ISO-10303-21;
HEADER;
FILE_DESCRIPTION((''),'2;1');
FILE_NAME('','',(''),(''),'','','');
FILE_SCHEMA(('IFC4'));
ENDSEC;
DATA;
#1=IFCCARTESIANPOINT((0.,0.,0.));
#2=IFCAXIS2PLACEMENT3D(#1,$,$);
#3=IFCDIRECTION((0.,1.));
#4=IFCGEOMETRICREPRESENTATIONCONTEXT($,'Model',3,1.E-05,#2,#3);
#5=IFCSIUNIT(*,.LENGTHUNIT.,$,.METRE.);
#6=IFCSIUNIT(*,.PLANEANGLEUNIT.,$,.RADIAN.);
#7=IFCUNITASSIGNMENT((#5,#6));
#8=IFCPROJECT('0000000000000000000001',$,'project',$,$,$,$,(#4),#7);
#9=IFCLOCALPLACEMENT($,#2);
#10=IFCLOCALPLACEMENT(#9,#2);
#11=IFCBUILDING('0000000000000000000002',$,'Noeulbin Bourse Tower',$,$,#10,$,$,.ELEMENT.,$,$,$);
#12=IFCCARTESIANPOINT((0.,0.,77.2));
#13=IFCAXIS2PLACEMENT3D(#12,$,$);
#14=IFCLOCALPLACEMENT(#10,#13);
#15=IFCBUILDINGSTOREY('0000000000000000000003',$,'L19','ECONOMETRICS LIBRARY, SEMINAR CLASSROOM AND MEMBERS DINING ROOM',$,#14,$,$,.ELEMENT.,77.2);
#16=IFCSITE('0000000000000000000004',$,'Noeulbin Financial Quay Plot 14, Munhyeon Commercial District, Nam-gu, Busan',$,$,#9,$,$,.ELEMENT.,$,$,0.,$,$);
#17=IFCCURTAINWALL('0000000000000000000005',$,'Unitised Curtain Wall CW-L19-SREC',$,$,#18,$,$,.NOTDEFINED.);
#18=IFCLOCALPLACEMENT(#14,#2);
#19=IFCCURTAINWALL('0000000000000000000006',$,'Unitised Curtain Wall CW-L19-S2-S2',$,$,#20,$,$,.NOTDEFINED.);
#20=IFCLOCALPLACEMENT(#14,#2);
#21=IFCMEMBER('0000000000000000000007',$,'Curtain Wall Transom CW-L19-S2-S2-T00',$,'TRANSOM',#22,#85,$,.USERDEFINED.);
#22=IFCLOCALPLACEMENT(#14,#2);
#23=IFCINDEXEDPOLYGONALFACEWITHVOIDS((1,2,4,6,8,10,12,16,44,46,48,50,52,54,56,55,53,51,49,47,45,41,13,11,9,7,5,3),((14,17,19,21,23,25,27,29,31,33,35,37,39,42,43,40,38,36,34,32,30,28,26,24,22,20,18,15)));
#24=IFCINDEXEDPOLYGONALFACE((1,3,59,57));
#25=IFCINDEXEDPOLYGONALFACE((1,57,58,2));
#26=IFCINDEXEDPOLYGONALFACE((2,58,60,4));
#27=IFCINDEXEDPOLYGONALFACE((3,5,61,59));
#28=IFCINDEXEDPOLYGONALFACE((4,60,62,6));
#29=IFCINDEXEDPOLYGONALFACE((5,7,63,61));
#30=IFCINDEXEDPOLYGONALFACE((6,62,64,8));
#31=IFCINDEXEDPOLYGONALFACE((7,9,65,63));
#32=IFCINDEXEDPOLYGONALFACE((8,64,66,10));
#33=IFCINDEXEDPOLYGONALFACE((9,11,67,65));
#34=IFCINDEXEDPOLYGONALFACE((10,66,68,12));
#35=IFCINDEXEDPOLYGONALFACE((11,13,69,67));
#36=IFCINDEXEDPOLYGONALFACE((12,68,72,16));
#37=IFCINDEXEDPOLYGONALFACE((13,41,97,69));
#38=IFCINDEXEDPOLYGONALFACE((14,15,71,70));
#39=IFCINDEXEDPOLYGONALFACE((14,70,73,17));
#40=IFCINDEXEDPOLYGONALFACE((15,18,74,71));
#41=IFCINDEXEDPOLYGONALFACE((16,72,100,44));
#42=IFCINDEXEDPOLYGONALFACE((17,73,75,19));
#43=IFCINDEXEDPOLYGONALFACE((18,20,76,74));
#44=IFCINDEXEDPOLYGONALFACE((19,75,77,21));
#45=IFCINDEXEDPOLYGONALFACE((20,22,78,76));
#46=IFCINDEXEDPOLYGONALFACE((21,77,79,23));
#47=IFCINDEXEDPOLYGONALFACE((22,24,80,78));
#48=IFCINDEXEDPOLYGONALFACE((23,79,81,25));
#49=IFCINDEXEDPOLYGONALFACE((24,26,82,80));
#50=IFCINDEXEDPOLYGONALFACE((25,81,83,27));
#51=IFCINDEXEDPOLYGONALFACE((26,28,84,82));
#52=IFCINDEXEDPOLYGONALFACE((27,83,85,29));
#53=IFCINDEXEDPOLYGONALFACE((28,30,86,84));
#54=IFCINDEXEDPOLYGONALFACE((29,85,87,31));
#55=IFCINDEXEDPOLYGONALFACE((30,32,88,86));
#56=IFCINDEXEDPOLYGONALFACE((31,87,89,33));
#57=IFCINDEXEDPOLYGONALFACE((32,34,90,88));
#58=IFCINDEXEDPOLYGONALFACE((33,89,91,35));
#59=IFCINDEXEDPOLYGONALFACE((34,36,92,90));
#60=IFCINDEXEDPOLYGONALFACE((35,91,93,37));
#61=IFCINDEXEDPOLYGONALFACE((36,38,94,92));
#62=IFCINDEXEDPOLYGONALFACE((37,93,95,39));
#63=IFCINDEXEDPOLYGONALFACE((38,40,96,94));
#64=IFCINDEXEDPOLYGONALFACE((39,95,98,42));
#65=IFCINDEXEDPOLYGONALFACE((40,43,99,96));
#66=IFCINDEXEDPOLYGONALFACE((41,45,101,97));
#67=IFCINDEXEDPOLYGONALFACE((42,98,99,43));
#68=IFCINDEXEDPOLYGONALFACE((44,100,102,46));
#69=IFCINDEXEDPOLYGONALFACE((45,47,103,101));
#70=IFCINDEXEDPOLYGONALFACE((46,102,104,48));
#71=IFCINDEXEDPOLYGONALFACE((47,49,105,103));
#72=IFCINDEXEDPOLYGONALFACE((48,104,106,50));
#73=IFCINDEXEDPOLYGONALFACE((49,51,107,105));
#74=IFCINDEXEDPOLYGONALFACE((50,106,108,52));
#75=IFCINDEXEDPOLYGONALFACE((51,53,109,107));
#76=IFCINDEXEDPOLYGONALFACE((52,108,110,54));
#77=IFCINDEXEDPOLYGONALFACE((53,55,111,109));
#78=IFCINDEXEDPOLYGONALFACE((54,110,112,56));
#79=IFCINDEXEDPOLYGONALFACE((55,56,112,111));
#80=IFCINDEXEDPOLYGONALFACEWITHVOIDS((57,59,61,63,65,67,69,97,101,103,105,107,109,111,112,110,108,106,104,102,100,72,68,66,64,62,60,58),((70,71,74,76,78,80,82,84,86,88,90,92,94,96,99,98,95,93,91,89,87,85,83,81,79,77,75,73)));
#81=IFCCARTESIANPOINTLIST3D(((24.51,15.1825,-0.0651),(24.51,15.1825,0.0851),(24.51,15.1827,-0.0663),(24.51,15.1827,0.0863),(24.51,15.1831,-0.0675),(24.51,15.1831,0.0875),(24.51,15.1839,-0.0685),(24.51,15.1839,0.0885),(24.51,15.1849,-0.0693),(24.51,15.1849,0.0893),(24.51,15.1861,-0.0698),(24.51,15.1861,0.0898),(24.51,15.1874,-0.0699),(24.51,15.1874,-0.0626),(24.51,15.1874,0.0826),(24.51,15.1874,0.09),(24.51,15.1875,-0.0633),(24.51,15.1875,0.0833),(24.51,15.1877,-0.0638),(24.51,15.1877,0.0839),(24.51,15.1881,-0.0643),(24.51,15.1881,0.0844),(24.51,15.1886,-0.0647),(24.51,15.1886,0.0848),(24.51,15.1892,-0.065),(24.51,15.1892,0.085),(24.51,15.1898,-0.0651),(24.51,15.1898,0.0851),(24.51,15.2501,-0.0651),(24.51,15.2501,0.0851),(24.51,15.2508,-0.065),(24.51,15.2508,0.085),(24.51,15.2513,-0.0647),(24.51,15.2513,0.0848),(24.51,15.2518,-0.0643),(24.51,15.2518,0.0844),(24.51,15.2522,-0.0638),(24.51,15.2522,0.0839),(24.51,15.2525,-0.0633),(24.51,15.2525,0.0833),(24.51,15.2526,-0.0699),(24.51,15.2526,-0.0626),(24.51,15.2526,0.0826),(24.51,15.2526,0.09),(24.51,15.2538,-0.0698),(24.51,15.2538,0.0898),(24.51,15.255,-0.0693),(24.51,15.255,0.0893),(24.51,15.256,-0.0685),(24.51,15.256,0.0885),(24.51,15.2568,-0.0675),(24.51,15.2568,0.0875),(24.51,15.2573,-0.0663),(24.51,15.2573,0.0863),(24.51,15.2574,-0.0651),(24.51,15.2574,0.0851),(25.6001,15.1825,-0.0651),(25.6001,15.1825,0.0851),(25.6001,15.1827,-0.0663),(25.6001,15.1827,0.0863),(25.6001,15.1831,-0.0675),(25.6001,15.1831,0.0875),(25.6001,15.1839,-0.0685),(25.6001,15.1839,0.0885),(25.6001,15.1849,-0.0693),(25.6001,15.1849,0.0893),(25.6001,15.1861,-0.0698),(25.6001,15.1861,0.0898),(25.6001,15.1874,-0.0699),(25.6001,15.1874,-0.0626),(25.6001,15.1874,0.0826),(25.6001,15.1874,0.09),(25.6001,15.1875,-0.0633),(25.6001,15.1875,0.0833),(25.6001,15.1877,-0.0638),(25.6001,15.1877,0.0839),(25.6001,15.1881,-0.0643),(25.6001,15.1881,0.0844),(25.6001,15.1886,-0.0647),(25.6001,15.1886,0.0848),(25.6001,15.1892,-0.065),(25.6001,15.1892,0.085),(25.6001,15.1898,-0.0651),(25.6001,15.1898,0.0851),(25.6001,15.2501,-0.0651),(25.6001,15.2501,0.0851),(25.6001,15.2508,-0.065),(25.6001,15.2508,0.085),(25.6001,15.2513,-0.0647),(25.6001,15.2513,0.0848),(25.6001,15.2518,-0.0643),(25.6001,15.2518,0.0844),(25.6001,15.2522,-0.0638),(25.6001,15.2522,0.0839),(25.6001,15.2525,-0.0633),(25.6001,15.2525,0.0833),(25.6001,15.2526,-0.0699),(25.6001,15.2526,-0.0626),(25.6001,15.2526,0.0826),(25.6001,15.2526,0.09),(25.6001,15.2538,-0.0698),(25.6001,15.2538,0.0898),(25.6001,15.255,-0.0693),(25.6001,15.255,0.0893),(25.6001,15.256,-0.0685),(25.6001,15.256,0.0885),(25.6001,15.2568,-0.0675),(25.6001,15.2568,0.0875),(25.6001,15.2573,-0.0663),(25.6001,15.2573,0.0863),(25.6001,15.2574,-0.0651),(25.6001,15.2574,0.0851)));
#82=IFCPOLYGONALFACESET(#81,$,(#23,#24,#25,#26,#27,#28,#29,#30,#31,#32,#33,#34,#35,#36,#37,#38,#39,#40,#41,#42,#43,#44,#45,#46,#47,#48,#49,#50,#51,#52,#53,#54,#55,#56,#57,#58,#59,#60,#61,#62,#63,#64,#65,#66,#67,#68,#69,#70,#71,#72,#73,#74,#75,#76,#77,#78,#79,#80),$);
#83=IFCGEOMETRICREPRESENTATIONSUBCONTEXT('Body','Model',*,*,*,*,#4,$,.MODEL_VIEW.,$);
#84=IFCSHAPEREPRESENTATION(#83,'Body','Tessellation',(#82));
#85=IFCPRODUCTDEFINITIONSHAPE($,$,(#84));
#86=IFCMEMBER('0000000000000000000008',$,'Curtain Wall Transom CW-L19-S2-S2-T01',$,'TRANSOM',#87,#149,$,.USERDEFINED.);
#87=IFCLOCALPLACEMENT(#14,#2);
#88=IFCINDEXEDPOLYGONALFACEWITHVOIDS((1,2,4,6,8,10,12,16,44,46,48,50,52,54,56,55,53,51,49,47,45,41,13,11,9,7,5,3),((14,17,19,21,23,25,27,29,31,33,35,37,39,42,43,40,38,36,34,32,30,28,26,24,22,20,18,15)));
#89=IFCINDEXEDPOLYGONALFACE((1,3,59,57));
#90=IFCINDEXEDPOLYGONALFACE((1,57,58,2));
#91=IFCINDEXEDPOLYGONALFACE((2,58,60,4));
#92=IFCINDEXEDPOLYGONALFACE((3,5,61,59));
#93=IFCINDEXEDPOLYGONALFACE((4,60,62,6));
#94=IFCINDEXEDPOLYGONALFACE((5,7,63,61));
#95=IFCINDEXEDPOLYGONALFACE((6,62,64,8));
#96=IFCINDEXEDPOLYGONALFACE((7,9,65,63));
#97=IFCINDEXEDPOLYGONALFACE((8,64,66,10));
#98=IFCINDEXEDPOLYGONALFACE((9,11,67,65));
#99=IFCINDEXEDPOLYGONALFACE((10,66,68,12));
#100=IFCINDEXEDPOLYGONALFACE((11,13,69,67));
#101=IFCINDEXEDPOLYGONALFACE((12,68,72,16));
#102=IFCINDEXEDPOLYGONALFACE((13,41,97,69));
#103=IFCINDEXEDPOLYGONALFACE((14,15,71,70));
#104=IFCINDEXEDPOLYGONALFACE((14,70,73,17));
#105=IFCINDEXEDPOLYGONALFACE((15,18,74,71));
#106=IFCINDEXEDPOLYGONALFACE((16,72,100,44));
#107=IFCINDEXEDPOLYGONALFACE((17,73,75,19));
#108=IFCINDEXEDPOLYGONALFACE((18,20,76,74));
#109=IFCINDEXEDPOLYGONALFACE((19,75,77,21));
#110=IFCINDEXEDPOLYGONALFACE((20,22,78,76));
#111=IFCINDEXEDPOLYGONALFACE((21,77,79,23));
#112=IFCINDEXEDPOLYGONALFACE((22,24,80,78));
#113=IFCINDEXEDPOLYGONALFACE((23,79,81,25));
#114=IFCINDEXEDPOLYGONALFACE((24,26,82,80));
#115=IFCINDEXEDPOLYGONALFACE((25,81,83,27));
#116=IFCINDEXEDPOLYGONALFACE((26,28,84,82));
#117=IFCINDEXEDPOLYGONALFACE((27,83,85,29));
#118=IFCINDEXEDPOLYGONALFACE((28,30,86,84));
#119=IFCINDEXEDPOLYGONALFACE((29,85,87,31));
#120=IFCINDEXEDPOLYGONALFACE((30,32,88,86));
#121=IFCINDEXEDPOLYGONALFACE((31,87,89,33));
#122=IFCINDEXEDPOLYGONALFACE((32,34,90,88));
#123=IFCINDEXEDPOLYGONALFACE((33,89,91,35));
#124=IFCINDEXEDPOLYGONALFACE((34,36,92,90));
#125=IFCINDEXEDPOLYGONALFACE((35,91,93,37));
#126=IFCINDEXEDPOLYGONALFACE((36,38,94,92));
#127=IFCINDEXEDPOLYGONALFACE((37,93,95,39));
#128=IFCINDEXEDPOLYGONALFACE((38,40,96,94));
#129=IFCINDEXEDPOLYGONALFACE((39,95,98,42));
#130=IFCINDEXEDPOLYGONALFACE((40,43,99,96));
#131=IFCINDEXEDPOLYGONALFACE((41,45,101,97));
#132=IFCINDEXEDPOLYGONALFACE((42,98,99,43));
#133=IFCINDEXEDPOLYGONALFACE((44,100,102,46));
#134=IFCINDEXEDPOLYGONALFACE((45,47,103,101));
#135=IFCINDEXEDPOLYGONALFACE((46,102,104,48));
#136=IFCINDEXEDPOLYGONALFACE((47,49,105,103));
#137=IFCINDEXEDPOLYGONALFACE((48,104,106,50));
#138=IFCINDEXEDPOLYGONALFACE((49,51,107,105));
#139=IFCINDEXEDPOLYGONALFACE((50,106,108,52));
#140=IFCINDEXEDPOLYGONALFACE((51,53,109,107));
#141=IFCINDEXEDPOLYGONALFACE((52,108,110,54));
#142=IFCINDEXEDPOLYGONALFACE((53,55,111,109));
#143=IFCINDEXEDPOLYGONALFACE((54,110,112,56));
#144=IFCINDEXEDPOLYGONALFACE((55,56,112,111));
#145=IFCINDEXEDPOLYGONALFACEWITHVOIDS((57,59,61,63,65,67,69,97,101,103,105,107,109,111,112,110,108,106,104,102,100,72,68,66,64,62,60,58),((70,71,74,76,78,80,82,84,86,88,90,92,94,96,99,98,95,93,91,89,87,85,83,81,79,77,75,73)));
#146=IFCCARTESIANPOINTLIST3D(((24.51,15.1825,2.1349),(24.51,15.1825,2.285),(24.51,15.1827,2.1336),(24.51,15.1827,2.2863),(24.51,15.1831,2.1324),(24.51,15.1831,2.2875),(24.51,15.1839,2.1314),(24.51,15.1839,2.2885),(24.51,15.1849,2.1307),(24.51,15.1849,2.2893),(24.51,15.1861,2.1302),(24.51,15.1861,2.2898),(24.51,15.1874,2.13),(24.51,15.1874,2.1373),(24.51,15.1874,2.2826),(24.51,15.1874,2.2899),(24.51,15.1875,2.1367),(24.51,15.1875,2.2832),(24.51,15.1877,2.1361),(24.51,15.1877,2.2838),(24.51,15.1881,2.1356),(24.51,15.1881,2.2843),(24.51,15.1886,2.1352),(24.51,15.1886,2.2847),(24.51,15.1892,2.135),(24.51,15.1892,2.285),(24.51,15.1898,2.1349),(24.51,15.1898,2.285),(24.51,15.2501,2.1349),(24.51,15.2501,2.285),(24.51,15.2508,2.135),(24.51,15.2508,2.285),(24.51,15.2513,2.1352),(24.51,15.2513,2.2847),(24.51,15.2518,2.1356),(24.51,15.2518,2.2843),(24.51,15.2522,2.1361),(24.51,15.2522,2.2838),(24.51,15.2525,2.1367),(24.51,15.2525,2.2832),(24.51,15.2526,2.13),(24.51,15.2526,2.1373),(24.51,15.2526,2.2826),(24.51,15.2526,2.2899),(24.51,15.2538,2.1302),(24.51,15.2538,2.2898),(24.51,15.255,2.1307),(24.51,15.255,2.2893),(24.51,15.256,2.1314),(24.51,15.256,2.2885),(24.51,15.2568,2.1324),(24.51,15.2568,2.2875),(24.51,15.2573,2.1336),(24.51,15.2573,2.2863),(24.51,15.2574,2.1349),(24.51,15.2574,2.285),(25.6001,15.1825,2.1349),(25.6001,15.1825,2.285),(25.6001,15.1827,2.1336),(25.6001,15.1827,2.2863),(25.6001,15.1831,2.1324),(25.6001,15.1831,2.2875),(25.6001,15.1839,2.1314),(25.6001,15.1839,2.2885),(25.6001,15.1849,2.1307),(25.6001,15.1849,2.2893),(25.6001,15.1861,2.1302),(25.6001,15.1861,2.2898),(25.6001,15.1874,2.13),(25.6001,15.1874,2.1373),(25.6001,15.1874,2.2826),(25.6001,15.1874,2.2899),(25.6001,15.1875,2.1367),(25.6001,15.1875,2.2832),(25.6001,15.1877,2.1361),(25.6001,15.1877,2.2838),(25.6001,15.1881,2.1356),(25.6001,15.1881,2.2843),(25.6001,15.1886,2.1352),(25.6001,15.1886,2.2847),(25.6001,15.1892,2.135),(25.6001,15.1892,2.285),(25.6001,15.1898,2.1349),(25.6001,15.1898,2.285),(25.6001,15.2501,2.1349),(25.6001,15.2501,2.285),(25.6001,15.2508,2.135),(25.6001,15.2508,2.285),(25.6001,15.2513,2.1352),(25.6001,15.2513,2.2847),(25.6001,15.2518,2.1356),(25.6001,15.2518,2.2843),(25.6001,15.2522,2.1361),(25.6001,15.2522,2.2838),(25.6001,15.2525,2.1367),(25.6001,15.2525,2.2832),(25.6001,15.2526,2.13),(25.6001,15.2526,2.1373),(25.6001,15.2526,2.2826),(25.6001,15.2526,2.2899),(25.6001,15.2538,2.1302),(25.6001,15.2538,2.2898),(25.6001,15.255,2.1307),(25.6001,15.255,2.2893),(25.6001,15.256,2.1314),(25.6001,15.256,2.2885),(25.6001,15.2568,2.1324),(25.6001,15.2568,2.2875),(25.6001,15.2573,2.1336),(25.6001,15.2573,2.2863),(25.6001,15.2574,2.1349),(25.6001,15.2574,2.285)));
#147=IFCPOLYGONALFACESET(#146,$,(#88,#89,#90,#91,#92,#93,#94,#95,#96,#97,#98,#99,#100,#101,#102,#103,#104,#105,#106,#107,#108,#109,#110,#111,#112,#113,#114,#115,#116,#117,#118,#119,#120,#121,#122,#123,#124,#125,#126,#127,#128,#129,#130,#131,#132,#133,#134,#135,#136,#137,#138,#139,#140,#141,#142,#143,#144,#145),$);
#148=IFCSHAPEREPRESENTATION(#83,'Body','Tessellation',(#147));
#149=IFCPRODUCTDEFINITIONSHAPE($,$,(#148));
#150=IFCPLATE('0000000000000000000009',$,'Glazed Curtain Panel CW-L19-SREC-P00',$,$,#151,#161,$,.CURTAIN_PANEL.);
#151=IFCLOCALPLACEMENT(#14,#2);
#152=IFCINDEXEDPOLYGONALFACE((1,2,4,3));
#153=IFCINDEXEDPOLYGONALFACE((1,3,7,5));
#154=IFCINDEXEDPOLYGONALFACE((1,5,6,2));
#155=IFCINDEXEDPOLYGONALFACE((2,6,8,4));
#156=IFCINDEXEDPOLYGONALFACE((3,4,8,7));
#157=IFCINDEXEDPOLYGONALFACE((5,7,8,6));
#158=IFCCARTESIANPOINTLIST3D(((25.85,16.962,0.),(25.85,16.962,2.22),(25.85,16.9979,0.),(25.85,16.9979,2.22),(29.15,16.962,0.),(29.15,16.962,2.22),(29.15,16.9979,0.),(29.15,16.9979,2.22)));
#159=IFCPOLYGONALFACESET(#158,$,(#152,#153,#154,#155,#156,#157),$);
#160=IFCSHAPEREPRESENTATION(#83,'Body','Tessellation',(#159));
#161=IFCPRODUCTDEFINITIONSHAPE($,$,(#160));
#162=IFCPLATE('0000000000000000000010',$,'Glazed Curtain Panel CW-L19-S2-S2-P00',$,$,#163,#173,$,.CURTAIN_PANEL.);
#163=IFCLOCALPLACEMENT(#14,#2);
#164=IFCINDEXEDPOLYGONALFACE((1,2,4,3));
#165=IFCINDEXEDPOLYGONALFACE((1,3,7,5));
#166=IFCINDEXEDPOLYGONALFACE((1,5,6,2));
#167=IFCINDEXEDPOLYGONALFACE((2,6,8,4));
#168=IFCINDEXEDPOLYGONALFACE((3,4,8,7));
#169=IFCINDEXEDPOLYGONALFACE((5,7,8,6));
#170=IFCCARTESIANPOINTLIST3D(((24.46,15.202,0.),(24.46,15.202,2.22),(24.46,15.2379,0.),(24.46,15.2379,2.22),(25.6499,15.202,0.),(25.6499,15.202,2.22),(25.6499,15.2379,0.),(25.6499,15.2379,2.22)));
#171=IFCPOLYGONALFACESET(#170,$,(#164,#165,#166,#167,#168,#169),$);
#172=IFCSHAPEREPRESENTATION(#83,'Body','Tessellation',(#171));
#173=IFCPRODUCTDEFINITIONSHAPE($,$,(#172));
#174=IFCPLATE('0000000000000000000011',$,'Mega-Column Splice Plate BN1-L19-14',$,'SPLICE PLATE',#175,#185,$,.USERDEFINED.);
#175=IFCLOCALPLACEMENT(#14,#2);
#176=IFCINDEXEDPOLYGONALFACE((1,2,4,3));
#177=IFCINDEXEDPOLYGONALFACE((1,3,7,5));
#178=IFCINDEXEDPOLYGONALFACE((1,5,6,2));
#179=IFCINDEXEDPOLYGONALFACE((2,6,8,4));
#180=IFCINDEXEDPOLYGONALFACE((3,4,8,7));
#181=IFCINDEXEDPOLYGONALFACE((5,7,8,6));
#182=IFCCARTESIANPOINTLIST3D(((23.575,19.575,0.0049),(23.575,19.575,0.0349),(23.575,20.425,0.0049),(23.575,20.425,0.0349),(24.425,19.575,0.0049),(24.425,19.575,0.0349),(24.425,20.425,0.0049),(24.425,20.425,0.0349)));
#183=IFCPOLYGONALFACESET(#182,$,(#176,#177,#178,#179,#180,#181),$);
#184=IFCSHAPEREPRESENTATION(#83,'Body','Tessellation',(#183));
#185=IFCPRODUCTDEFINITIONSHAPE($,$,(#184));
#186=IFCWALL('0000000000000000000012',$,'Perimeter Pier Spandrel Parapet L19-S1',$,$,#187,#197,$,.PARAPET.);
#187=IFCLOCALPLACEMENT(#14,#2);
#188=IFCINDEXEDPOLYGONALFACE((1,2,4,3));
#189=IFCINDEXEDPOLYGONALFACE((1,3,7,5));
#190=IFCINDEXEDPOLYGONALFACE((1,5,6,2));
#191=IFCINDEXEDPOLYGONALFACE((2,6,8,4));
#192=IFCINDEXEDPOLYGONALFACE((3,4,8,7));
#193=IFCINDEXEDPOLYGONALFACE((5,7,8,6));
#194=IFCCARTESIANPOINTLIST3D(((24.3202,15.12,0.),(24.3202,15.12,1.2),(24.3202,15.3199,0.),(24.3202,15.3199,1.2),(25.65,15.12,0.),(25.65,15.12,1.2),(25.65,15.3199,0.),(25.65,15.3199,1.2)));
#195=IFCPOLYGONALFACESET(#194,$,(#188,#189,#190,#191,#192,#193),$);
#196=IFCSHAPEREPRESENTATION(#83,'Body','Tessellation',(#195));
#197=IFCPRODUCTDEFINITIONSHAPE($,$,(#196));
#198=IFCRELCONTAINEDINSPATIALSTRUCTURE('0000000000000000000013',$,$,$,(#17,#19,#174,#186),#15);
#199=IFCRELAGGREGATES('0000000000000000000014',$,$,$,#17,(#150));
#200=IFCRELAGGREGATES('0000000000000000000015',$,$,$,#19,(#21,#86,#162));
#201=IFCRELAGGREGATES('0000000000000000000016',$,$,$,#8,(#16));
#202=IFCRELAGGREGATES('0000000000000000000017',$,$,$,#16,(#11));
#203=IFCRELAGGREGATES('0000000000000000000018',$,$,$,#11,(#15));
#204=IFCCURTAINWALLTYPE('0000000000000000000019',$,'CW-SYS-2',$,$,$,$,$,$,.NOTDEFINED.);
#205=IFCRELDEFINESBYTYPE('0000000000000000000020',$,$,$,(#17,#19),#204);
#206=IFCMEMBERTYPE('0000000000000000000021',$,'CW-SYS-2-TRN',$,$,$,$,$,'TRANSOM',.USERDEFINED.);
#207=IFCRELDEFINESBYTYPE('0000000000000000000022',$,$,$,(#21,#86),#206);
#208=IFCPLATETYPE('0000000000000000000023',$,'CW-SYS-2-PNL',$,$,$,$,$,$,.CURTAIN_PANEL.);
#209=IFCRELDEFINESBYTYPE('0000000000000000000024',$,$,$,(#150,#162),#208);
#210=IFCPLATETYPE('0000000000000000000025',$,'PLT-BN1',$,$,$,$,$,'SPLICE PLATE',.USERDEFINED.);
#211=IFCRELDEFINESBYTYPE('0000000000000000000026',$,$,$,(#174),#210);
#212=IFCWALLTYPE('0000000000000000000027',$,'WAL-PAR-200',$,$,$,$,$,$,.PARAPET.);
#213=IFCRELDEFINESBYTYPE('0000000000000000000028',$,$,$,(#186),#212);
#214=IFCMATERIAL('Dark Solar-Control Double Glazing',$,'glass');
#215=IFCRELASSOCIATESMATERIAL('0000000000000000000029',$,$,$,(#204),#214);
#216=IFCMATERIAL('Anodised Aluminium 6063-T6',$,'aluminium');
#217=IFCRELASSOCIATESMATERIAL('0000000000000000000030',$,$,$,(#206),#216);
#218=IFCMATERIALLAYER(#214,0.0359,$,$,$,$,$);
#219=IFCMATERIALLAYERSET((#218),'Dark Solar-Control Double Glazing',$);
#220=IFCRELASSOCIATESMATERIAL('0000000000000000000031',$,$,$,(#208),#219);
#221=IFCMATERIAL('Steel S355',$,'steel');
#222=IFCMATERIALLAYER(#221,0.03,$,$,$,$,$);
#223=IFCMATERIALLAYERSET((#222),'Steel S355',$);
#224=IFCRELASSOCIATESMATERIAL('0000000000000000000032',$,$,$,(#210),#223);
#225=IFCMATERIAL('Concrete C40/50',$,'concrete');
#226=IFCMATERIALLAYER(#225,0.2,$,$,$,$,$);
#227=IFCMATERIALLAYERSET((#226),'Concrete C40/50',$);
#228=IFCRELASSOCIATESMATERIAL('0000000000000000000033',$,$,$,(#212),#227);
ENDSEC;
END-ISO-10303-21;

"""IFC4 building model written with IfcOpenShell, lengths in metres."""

from ifc_helpers import new_model, si_unit, direction, frame, frame_2d, origin, origin_2d, place, context, subcontext, project, spatial, rectangle, hollow_rectangle, extrude, material, layer, layer_set, material_profile, profile_set, type_object, element, aggregate, save


model = new_model("IFC4")

# Units and contexts
model_context = context("Model", 3, precision=1e-05, world=origin(), true_north=direction((0.0, 1.0)))
body_context = subcontext(model_context, "Body", "Model", "MODEL_VIEW")
ifc_project = project(units=[si_unit("LENGTHUNIT", "METRE"), si_unit("PLANEANGLEUNIT", "RADIAN")], contexts=[model_context])

# Site, building, storey
site_placement = place(None, origin())
site = spatial("IfcSite", under=ifc_project, at=site_placement, Name="Noeulbin Financial Quay Plot 14, Munhyeon Commercial District, Nam-gu, Busan", CompositionType="ELEMENT", RefElevation=0.0)
building_placement = place(site_placement, origin())
building = spatial("IfcBuilding", under=site, at=building_placement, Name="Noeulbin Bourse Tower", CompositionType="ELEMENT")
storey_placement = place(building_placement, frame((0.0, 0.0, 77.2)))
storey = spatial("IfcBuildingStorey", under=building, at=storey_placement, Name="L19", Description="ECONOMETRICS LIBRARY, SEMINAR CLASSROOM AND MEMBERS DINING ROOM", CompositionType="ELEMENT", Elevation=77.2)

# Shared definitions
ifc_material_1 = material(Name="Steel S355", Category="steel")

# Curtain wall
ifc_material_2 = material(Name="Dark Solar-Control Double Glazing", Category="glass")
curtain_wall_type = type_object("IfcCurtainWallType", Name="CW-SYS-2", PredefinedType="NOTDEFINED", material=ifc_material_2)
curtain_wall_1_placement = place(storey_placement, origin())
curtain_wall_1 = element("IfcCurtainWall", 1, at=curtain_wall_1_placement, inside=storey, type_object=curtain_wall_type, Name="Unitised Curtain Wall CW-L19-SREC", PredefinedType="NOTDEFINED")
ifc_material_3 = material(Name="Anodised Aluminium 6063-T6", Category="aluminium")

# Curtain wall
curtain_wall_2_placement = place(storey_placement, origin())
curtain_wall_2 = element("IfcCurtainWall", 2, at=curtain_wall_2_placement, inside=storey, type_object=curtain_wall_type, Name="Unitised Curtain Wall CW-L19-S2-S2", PredefinedType="NOTDEFINED")

# Members
ifc_material_profile_1 = material_profile(ifc_material_3, hollow_rectangle(XDim=0.075, YDim=0.1599, WallThickness=0.0049, InnerFilletRadius=0.0024, OuterFilletRadius=0.0049, at=origin_2d()), Name="ALU-TRAN-75x160x5", Category="LoadBearing")
ifc_profile_set_1 = profile_set([ifc_material_profile_1], Name="Anodised Aluminium 6063-T6")
member_type_1 = type_object("IfcMemberType", Name="CW-SYS-2-TRN", ElementType="TRANSOM", PredefinedType="USERDEFINED", material=ifc_profile_set_1)
member_1_placement = place(storey_placement, frame((24.51, 15.22, 0.01), z_axis=(1.0, 0.0, 0.0), x_axis=(0.0, 1.0, 0.0)))
member_1 = element("IfcMember", 3, at=member_1_placement, type_object=member_type_1, Name="Curtain Wall Transom CW-L19-S2-S2-T00", ObjectType="TRANSOM", PredefinedType="USERDEFINED", context=body_context, shape_type="SweptSolid", body=[
    extrude(hollow_rectangle(XDim=0.075, YDim=0.1599, WallThickness=0.0049, InnerFilletRadius=0.0024, OuterFilletRadius=0.0049, at=origin_2d()), origin(), (0.0, 0.0, 1.0), 1.0901),
])
member_2_placement = place(storey_placement, frame((24.51, 15.22, 2.21), z_axis=(1.0, 0.0, 0.0), x_axis=(0.0, 1.0, 0.0)))
member_2 = element("IfcMember", 4, at=member_2_placement, type_object=member_type_1, Name="Curtain Wall Transom CW-L19-S2-S2-T01", ObjectType="TRANSOM", PredefinedType="USERDEFINED", context=body_context, shape_type="SweptSolid", body=[
    extrude(hollow_rectangle(XDim=0.075, YDim=0.1599, WallThickness=0.0049, InnerFilletRadius=0.0024, OuterFilletRadius=0.0049, at=origin_2d()), origin(), (0.0, 0.0, 1.0), 1.0901),
])

# Plates
ifc_layer_1 = layer(ifc_material_2, 0.0359)
ifc_layer_set_1 = layer_set([ifc_layer_1], Name="Dark Solar-Control Double Glazing")
plate_type_1 = type_object("IfcPlateType", Name="CW-SYS-2-PNL", PredefinedType="CURTAIN_PANEL", material=ifc_layer_set_1)
plate_1_placement = place(storey_placement, frame((27.5, 16.98, 0.0), z_axis=(0.0, 0.0, 1.0), x_axis=(1.0, 0.0, 0.0)))
plate_1 = element("IfcPlate", 5, at=plate_1_placement, type_object=plate_type_1, Name="Glazed Curtain Panel CW-L19-SREC-P00", PredefinedType="CURTAIN_PANEL", context=body_context, shape_type="SweptSolid", body=[
    extrude(rectangle(XDim=3.3, YDim=0.0359, at=origin_2d()), origin(), (0.0, 0.0, 1.0), 2.22),
])
aggregate(curtain_wall_1, [plate_1])
plate_2_placement = place(storey_placement, frame((25.0549, 15.22, 0.0), z_axis=(0.0, 0.0, 1.0), x_axis=(1.0, 0.0, 0.0)))
plate_2 = element("IfcPlate", 6, at=plate_2_placement, type_object=plate_type_1, Name="Glazed Curtain Panel CW-L19-S2-S2-P00", PredefinedType="CURTAIN_PANEL", context=body_context, shape_type="SweptSolid", body=[
    extrude(rectangle(XDim=1.1899, YDim=0.0359, at=origin_2d()), origin(), (0.0, 0.0, 1.0), 2.22),
])
aggregate(curtain_wall_2, [member_1, member_2, plate_2])
ifc_layer_2 = layer(ifc_material_1, 0.03)
ifc_layer_set_2 = layer_set([ifc_layer_2], Name="Steel S355")
plate_type_2 = type_object("IfcPlateType", Name="PLT-BN1", ElementType="SPLICE PLATE", PredefinedType="USERDEFINED", material=ifc_layer_set_2)
plate_3_placement = place(storey_placement, frame((24.0, 20.0, 0.0049), z_axis=(0.0, 0.0, 1.0), x_axis=(1.0, 0.0, 0.0)))
element("IfcPlate", 7, at=plate_3_placement, inside=storey, type_object=plate_type_2, Name="Mega-Column Splice Plate BN1-L19-14", ObjectType="SPLICE PLATE", PredefinedType="USERDEFINED", context=body_context, shape_type="SweptSolid", body=[
    extrude(rectangle(XDim=0.8501, YDim=0.8501, at=origin_2d()), origin(), (0.0, 0.0, 1.0), 0.03),
])

# Wall
ifc_material_4 = material(Name="Concrete C40/50", Category="concrete")
ifc_layer_3 = layer(ifc_material_4, 0.2)
ifc_layer_set_3 = layer_set([ifc_layer_3], Name="Concrete C40/50")
wall_type_1 = type_object("IfcWallType", Name="WAL-PAR-200", PredefinedType="PARAPET", material=ifc_layer_set_3)
wall_1_placement = place(storey_placement, frame((24.3201, 15.22, 0.0), z_axis=(0.0, 0.0, 1.0), x_axis=(1.0, 0.0, 0.0)))
element("IfcWall", 8, at=wall_1_placement, inside=storey, type_object=wall_type_1, Name="Perimeter Pier Spandrel Parapet L19-S1", PredefinedType="PARAPET", context=body_context, shape_type="SweptSolid", body=[
    extrude(rectangle(XDim=1.3298, YDim=0.2, at=frame_2d((0.665, 0.0))), origin(), (0.0, 0.0, 1.0), 1.2),
])

save(model, "model.ifc")
